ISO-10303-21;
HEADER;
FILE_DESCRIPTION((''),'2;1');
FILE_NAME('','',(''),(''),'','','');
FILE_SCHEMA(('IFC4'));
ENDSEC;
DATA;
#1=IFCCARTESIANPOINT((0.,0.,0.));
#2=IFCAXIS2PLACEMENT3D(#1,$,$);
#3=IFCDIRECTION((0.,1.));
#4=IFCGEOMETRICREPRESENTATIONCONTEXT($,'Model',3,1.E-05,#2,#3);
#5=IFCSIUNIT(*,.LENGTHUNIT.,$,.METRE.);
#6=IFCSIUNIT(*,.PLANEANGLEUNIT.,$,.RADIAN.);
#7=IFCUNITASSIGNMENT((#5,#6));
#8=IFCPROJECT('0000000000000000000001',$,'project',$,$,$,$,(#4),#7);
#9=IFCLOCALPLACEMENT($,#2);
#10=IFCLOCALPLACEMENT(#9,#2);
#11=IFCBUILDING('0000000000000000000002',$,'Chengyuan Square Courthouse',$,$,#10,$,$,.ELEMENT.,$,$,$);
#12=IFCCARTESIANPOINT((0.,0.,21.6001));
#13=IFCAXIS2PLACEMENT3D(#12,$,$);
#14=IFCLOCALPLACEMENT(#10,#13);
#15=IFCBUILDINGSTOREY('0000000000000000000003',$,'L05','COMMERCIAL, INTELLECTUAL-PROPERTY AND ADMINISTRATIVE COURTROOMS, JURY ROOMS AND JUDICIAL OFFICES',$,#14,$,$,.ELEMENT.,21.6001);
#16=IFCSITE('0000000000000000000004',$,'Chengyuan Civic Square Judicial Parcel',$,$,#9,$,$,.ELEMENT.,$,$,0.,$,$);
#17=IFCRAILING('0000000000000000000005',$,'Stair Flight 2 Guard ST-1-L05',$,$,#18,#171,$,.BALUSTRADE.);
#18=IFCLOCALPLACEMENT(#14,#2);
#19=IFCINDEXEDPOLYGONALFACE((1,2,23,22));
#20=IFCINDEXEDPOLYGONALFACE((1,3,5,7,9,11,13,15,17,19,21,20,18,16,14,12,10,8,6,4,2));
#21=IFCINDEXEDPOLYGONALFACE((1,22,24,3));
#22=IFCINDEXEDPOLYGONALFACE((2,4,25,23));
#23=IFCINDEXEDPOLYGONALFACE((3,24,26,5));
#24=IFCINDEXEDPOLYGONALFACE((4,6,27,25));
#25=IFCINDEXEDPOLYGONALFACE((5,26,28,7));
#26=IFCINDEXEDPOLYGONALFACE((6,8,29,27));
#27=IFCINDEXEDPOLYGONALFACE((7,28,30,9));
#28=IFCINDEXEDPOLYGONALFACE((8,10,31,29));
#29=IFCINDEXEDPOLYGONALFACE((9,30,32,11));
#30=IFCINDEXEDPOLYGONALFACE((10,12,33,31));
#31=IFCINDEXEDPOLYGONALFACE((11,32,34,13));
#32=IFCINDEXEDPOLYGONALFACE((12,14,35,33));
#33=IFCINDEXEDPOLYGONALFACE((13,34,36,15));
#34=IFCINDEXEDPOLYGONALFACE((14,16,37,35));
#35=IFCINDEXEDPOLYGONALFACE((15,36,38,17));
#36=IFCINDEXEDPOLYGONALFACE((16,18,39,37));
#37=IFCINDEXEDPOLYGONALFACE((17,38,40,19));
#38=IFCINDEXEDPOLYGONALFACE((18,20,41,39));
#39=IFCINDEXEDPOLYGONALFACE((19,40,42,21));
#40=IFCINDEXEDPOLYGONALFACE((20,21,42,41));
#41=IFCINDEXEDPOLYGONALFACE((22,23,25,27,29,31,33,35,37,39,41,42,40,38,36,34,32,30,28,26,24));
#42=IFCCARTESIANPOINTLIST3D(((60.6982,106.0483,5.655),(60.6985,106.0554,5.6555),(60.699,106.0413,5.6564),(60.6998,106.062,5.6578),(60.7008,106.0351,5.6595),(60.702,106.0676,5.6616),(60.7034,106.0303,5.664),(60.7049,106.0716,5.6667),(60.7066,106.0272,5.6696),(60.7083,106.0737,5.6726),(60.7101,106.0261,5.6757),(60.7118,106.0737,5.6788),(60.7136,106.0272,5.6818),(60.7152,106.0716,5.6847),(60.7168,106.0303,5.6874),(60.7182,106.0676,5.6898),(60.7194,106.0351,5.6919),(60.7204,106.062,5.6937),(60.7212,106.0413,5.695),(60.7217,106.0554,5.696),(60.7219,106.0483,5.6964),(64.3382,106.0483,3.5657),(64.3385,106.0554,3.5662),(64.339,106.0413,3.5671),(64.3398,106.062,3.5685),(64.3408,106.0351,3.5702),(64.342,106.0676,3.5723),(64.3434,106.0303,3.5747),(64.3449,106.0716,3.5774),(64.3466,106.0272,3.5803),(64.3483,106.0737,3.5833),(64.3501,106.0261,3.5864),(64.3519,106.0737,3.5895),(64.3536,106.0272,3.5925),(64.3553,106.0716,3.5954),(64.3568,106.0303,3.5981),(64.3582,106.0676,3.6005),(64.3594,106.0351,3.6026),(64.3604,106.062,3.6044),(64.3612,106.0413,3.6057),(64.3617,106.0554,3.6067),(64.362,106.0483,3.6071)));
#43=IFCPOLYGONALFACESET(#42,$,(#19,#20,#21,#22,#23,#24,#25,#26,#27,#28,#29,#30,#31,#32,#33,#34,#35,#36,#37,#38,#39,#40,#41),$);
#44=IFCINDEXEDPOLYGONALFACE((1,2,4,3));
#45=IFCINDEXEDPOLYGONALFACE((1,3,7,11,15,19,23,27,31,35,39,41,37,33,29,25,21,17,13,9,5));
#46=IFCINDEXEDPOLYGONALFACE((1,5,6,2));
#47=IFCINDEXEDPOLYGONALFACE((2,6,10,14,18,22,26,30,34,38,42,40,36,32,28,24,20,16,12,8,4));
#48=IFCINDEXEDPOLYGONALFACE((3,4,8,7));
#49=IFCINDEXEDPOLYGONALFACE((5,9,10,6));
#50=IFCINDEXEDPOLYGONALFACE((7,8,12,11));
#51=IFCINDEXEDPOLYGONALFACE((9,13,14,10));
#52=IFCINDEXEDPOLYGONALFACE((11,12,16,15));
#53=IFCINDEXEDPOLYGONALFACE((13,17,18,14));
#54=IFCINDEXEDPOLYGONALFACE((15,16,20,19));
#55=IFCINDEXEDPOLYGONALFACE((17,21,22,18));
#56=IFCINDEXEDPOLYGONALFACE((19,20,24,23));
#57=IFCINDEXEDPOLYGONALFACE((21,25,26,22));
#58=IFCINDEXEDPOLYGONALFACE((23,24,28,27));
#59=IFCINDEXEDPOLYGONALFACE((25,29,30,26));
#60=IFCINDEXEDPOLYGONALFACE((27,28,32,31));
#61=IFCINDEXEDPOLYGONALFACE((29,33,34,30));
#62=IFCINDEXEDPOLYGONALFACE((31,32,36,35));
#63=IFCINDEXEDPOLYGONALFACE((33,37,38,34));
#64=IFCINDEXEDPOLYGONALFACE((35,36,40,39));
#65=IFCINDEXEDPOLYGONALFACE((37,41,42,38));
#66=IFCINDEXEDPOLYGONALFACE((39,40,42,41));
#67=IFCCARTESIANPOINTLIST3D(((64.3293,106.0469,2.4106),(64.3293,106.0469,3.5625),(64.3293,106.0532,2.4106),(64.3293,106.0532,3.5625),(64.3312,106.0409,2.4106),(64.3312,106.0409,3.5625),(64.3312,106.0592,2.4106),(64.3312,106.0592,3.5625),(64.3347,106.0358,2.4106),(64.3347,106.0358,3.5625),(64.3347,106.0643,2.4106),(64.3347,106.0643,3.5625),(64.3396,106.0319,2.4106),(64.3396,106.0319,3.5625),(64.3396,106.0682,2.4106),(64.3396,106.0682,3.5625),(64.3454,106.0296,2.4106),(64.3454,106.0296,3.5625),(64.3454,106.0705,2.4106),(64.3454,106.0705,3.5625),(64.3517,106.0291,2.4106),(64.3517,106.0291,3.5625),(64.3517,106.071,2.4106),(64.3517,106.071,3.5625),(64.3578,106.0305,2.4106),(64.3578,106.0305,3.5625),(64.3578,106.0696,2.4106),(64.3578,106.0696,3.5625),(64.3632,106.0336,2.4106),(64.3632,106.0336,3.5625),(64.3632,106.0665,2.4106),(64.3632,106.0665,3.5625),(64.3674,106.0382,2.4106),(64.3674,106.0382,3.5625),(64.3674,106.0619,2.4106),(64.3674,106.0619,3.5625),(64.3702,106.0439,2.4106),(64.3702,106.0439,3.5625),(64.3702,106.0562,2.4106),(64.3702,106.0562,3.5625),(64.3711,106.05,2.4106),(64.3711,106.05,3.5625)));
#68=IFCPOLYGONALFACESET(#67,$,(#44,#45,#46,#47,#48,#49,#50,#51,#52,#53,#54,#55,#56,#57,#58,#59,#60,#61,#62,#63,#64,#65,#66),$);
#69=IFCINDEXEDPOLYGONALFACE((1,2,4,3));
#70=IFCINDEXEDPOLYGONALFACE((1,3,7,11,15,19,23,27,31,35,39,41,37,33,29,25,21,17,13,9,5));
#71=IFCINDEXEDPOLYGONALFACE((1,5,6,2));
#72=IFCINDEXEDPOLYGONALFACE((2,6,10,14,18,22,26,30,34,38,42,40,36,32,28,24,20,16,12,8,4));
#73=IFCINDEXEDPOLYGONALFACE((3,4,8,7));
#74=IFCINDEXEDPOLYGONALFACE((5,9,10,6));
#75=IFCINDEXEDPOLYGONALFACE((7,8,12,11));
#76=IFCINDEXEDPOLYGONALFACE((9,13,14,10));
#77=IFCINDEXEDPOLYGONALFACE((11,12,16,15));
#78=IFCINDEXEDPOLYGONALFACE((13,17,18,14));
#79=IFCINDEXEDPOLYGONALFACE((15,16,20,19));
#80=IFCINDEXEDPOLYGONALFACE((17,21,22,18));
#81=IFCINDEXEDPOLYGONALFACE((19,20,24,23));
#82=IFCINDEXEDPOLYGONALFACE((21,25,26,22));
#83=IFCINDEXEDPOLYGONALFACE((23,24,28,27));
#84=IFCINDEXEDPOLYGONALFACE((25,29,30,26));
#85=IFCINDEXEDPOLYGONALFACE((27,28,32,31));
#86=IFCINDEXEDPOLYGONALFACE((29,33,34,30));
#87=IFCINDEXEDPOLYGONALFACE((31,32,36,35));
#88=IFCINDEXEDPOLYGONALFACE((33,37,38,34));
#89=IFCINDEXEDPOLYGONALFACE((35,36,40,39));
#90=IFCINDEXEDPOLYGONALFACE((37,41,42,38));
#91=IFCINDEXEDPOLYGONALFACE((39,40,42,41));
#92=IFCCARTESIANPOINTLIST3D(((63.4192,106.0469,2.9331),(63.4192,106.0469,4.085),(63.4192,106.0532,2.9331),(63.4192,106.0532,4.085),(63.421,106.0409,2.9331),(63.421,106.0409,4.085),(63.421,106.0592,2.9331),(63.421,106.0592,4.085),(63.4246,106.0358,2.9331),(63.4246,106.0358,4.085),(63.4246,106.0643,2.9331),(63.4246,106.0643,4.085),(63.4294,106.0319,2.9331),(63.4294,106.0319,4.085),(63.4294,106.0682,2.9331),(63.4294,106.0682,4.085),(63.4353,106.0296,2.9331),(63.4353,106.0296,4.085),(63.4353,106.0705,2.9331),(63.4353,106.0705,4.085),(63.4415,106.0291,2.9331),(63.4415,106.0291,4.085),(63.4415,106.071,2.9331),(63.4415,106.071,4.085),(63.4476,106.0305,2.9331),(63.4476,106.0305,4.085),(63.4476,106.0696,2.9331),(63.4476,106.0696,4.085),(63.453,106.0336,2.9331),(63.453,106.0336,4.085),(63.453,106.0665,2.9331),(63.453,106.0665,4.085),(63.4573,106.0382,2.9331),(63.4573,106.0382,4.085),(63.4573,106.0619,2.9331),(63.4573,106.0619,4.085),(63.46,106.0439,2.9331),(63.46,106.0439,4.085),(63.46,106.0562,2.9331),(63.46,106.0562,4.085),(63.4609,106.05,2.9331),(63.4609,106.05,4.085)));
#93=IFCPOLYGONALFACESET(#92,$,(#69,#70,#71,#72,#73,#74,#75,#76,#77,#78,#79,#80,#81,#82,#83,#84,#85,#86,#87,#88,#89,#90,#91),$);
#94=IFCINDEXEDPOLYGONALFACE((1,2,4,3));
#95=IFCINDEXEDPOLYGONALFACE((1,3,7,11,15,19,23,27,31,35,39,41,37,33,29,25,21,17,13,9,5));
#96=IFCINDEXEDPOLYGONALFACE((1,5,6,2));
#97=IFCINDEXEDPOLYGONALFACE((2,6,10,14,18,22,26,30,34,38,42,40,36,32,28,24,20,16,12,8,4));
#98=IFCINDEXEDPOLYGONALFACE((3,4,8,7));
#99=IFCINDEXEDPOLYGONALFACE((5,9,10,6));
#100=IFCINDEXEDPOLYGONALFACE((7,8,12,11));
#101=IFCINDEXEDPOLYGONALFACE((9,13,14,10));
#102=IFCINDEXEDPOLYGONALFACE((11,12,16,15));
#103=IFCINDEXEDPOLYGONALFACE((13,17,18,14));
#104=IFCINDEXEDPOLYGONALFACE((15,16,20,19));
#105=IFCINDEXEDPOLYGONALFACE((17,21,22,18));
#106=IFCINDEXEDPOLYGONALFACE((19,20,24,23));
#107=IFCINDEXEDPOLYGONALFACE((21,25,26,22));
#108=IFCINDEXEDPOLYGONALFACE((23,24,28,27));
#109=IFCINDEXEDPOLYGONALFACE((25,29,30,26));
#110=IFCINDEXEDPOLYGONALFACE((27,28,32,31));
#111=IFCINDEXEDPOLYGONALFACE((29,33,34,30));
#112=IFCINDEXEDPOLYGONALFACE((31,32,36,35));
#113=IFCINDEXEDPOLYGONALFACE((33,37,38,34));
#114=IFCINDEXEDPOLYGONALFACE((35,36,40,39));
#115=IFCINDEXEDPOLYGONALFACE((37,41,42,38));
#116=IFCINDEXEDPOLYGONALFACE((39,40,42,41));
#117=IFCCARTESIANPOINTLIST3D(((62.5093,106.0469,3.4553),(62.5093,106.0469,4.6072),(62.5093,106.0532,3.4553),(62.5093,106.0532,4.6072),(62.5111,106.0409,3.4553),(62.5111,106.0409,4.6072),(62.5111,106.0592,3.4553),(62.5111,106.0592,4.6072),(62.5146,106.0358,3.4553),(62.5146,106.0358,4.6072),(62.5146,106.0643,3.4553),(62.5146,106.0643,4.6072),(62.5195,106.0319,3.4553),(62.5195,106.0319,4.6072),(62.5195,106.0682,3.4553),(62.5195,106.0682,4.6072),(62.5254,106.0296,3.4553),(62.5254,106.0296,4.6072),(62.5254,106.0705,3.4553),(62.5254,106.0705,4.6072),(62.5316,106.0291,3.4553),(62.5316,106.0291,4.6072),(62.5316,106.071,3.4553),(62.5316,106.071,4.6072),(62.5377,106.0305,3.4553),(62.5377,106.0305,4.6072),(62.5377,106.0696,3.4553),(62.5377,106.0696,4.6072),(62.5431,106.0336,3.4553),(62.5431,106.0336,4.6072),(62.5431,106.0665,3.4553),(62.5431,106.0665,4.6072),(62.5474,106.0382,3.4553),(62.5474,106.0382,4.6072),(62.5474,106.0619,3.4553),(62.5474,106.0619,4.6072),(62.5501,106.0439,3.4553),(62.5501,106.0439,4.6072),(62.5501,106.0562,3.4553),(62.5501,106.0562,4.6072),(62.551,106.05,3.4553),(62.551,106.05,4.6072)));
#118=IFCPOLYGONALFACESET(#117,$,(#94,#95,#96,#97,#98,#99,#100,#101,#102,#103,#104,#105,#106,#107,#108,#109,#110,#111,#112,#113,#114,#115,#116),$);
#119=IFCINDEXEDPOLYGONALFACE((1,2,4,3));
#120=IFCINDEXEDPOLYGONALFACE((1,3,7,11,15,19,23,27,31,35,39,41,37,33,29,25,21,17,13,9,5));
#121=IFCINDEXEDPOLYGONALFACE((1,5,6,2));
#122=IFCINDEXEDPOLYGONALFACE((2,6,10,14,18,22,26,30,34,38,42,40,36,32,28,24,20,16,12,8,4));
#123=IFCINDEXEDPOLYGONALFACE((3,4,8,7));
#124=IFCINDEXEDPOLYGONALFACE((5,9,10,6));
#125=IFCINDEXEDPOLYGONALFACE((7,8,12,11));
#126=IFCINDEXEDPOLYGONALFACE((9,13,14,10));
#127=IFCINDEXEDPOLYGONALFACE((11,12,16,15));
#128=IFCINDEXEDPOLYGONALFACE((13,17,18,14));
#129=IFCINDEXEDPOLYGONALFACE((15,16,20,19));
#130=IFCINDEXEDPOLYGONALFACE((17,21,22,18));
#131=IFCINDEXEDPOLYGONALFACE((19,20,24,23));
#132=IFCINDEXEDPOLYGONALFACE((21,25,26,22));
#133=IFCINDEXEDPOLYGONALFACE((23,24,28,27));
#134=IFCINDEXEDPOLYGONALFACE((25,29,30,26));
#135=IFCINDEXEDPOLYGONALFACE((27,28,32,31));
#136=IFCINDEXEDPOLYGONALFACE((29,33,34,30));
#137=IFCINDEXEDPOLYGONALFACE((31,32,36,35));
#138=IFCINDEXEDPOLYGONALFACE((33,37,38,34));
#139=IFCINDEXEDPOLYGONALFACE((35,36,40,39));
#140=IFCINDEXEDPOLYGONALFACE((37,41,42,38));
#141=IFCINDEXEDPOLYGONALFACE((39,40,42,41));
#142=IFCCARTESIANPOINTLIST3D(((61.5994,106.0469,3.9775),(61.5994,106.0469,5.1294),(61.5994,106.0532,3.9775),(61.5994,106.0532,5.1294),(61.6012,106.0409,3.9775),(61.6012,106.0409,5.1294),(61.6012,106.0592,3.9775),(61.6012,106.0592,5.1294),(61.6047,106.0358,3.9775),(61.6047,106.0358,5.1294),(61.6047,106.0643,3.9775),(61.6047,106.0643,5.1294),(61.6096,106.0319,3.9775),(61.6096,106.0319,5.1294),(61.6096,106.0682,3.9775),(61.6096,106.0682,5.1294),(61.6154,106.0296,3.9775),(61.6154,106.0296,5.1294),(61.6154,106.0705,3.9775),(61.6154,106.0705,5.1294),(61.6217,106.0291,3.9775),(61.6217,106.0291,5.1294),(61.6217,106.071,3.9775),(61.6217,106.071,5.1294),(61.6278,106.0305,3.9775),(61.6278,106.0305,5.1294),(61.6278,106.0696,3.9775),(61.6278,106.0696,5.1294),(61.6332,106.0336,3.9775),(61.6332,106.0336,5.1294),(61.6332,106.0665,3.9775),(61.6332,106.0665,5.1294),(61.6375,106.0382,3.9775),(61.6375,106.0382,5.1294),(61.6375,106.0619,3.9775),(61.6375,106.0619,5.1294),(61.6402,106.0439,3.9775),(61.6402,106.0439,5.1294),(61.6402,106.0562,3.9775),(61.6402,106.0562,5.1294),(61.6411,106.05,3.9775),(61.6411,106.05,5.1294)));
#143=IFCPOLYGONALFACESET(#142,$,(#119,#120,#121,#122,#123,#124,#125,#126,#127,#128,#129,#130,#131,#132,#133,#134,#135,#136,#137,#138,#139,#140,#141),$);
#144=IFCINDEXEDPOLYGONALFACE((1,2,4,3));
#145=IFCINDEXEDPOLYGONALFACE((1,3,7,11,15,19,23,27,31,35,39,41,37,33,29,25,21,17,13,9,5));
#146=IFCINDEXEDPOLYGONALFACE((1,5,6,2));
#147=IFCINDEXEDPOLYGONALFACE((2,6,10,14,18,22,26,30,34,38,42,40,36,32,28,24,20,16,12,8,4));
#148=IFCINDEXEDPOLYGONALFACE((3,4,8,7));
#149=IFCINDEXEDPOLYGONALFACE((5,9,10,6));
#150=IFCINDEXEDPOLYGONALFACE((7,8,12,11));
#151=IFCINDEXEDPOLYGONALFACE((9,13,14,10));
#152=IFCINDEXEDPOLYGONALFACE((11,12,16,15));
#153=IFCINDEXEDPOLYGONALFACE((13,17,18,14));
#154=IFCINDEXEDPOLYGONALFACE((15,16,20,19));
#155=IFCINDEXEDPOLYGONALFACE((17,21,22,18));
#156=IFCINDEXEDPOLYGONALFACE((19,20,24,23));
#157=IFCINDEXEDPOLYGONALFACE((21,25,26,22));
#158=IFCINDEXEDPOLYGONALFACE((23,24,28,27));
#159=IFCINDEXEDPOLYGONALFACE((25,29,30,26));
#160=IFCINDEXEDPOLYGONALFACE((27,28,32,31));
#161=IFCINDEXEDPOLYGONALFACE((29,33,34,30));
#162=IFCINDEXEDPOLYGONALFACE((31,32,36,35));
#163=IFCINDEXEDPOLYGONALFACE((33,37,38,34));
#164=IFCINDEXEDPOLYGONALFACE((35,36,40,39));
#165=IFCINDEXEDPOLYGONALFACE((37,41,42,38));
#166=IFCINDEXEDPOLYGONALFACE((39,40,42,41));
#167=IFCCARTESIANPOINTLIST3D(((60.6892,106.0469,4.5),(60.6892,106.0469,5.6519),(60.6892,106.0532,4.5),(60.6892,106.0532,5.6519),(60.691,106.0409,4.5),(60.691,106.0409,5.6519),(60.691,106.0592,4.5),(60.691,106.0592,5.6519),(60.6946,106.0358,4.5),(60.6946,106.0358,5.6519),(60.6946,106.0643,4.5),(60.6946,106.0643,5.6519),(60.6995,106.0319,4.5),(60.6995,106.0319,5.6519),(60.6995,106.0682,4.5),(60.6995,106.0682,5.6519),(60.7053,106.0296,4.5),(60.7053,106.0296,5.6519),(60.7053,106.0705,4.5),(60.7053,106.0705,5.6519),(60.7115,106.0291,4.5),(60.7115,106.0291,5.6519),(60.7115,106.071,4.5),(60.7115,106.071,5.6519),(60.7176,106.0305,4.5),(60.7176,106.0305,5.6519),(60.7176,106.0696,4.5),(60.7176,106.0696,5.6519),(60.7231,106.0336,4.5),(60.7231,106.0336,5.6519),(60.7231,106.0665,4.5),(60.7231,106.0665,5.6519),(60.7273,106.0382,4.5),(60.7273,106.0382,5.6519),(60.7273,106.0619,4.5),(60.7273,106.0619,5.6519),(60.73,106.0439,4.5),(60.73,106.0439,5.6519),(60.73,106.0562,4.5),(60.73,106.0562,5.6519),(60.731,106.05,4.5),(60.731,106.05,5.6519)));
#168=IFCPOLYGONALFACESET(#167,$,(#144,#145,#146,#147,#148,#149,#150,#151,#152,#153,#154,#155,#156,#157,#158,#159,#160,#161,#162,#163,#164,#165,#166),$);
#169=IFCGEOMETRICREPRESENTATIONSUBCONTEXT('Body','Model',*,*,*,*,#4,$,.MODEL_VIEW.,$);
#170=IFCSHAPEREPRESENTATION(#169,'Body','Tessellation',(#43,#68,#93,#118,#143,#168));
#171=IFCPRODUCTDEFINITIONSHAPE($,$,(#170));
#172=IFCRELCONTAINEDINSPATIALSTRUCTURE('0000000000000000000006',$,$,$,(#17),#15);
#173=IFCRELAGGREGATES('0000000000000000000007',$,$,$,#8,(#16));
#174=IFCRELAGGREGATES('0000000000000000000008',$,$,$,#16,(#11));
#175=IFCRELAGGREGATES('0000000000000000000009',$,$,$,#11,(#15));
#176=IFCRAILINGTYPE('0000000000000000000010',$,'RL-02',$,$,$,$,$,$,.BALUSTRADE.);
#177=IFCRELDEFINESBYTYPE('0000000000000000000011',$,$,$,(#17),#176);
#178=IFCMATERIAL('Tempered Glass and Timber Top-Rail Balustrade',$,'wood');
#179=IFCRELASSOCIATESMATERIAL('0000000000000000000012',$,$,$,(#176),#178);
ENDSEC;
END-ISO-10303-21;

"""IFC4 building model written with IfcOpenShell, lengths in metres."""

from ifc_helpers import new_model, si_unit, direction, frame, origin, origin_2d, place, context, subcontext, project, spatial, circle, extrude, material, type_object, element, save


model = new_model("IFC4")

# Units and contexts
model_context = context("Model", 3, precision=1e-05, world=origin(), true_north=direction((0.0, 1.0)))
body_context = subcontext(model_context, "Body", "Model", "MODEL_VIEW")
ifc_project = project(units=[si_unit("LENGTHUNIT", "METRE"), si_unit("PLANEANGLEUNIT", "RADIAN")], contexts=[model_context])

# Site, building, storey
site_placement = place(None, origin())
site = spatial("IfcSite", under=ifc_project, at=site_placement, Name="Chengyuan Civic Square Judicial Parcel", CompositionType="ELEMENT", RefElevation=0.0)
building_placement = place(site_placement, origin())
building = spatial("IfcBuilding", under=site, at=building_placement, Name="Chengyuan Square Courthouse", CompositionType="ELEMENT")
storey_placement = place(building_placement, frame((0.0, 0.0, 21.6001)))
storey = spatial("IfcBuildingStorey", under=building, at=storey_placement, Name="L05", Description="COMMERCIAL, INTELLECTUAL-PROPERTY AND ADMINISTRATIVE COURTROOMS, JURY ROOMS AND JUDICIAL OFFICES", CompositionType="ELEMENT", Elevation=21.6001)

# Railing
ifc_material_1 = material(Name="Tempered Glass and Timber Top-Rail Balustrade", Category="wood")
railing_type_1 = type_object("IfcRailingType", Name="RL-02", PredefinedType="BALUSTRADE", material=ifc_material_1)
railing_1_placement = place(storey_placement, frame((64.3501, 106.05, 2.4106)))
element("IfcRailing", 1, at=railing_1_placement, inside=storey, type_object=railing_type_1, Name="Stair Flight 2 Guard ST-1-L05", PredefinedType="BALUSTRADE", context=body_context, shape_type="SweptSolid", body=[
    extrude(circle(Radius=0.0239, at=origin_2d()), frame((0.0, 0.0, 1.1758), z_axis=(-0.867289, 0.0, 0.497804), x_axis=(0.0, -1.0, 0.0)), (0.0, 0.0, 1.0), 4.197),
    extrude(circle(Radius=0.021, at=origin_2d()), origin(), (0.0, 0.0, 1.0), 1.1519),
    extrude(circle(Radius=0.021, at=origin_2d()), frame((-0.9102, 0.0, 0.5225)), (0.0, 0.0, 1.0), 1.1519),
    extrude(circle(Radius=0.021, at=origin_2d()), frame((-1.8201, 0.0, 1.0447)), (0.0, 0.0, 1.0), 1.1519),
    extrude(circle(Radius=0.021, at=origin_2d()), frame((-2.73, 0.0, 1.5669)), (0.0, 0.0, 1.0), 1.1519),
    extrude(circle(Radius=0.021, at=origin_2d()), frame((-3.6401, 0.0, 2.0894)), (0.0, 0.0, 1.0), 1.1519),
])

save(model, "model.ifc")
